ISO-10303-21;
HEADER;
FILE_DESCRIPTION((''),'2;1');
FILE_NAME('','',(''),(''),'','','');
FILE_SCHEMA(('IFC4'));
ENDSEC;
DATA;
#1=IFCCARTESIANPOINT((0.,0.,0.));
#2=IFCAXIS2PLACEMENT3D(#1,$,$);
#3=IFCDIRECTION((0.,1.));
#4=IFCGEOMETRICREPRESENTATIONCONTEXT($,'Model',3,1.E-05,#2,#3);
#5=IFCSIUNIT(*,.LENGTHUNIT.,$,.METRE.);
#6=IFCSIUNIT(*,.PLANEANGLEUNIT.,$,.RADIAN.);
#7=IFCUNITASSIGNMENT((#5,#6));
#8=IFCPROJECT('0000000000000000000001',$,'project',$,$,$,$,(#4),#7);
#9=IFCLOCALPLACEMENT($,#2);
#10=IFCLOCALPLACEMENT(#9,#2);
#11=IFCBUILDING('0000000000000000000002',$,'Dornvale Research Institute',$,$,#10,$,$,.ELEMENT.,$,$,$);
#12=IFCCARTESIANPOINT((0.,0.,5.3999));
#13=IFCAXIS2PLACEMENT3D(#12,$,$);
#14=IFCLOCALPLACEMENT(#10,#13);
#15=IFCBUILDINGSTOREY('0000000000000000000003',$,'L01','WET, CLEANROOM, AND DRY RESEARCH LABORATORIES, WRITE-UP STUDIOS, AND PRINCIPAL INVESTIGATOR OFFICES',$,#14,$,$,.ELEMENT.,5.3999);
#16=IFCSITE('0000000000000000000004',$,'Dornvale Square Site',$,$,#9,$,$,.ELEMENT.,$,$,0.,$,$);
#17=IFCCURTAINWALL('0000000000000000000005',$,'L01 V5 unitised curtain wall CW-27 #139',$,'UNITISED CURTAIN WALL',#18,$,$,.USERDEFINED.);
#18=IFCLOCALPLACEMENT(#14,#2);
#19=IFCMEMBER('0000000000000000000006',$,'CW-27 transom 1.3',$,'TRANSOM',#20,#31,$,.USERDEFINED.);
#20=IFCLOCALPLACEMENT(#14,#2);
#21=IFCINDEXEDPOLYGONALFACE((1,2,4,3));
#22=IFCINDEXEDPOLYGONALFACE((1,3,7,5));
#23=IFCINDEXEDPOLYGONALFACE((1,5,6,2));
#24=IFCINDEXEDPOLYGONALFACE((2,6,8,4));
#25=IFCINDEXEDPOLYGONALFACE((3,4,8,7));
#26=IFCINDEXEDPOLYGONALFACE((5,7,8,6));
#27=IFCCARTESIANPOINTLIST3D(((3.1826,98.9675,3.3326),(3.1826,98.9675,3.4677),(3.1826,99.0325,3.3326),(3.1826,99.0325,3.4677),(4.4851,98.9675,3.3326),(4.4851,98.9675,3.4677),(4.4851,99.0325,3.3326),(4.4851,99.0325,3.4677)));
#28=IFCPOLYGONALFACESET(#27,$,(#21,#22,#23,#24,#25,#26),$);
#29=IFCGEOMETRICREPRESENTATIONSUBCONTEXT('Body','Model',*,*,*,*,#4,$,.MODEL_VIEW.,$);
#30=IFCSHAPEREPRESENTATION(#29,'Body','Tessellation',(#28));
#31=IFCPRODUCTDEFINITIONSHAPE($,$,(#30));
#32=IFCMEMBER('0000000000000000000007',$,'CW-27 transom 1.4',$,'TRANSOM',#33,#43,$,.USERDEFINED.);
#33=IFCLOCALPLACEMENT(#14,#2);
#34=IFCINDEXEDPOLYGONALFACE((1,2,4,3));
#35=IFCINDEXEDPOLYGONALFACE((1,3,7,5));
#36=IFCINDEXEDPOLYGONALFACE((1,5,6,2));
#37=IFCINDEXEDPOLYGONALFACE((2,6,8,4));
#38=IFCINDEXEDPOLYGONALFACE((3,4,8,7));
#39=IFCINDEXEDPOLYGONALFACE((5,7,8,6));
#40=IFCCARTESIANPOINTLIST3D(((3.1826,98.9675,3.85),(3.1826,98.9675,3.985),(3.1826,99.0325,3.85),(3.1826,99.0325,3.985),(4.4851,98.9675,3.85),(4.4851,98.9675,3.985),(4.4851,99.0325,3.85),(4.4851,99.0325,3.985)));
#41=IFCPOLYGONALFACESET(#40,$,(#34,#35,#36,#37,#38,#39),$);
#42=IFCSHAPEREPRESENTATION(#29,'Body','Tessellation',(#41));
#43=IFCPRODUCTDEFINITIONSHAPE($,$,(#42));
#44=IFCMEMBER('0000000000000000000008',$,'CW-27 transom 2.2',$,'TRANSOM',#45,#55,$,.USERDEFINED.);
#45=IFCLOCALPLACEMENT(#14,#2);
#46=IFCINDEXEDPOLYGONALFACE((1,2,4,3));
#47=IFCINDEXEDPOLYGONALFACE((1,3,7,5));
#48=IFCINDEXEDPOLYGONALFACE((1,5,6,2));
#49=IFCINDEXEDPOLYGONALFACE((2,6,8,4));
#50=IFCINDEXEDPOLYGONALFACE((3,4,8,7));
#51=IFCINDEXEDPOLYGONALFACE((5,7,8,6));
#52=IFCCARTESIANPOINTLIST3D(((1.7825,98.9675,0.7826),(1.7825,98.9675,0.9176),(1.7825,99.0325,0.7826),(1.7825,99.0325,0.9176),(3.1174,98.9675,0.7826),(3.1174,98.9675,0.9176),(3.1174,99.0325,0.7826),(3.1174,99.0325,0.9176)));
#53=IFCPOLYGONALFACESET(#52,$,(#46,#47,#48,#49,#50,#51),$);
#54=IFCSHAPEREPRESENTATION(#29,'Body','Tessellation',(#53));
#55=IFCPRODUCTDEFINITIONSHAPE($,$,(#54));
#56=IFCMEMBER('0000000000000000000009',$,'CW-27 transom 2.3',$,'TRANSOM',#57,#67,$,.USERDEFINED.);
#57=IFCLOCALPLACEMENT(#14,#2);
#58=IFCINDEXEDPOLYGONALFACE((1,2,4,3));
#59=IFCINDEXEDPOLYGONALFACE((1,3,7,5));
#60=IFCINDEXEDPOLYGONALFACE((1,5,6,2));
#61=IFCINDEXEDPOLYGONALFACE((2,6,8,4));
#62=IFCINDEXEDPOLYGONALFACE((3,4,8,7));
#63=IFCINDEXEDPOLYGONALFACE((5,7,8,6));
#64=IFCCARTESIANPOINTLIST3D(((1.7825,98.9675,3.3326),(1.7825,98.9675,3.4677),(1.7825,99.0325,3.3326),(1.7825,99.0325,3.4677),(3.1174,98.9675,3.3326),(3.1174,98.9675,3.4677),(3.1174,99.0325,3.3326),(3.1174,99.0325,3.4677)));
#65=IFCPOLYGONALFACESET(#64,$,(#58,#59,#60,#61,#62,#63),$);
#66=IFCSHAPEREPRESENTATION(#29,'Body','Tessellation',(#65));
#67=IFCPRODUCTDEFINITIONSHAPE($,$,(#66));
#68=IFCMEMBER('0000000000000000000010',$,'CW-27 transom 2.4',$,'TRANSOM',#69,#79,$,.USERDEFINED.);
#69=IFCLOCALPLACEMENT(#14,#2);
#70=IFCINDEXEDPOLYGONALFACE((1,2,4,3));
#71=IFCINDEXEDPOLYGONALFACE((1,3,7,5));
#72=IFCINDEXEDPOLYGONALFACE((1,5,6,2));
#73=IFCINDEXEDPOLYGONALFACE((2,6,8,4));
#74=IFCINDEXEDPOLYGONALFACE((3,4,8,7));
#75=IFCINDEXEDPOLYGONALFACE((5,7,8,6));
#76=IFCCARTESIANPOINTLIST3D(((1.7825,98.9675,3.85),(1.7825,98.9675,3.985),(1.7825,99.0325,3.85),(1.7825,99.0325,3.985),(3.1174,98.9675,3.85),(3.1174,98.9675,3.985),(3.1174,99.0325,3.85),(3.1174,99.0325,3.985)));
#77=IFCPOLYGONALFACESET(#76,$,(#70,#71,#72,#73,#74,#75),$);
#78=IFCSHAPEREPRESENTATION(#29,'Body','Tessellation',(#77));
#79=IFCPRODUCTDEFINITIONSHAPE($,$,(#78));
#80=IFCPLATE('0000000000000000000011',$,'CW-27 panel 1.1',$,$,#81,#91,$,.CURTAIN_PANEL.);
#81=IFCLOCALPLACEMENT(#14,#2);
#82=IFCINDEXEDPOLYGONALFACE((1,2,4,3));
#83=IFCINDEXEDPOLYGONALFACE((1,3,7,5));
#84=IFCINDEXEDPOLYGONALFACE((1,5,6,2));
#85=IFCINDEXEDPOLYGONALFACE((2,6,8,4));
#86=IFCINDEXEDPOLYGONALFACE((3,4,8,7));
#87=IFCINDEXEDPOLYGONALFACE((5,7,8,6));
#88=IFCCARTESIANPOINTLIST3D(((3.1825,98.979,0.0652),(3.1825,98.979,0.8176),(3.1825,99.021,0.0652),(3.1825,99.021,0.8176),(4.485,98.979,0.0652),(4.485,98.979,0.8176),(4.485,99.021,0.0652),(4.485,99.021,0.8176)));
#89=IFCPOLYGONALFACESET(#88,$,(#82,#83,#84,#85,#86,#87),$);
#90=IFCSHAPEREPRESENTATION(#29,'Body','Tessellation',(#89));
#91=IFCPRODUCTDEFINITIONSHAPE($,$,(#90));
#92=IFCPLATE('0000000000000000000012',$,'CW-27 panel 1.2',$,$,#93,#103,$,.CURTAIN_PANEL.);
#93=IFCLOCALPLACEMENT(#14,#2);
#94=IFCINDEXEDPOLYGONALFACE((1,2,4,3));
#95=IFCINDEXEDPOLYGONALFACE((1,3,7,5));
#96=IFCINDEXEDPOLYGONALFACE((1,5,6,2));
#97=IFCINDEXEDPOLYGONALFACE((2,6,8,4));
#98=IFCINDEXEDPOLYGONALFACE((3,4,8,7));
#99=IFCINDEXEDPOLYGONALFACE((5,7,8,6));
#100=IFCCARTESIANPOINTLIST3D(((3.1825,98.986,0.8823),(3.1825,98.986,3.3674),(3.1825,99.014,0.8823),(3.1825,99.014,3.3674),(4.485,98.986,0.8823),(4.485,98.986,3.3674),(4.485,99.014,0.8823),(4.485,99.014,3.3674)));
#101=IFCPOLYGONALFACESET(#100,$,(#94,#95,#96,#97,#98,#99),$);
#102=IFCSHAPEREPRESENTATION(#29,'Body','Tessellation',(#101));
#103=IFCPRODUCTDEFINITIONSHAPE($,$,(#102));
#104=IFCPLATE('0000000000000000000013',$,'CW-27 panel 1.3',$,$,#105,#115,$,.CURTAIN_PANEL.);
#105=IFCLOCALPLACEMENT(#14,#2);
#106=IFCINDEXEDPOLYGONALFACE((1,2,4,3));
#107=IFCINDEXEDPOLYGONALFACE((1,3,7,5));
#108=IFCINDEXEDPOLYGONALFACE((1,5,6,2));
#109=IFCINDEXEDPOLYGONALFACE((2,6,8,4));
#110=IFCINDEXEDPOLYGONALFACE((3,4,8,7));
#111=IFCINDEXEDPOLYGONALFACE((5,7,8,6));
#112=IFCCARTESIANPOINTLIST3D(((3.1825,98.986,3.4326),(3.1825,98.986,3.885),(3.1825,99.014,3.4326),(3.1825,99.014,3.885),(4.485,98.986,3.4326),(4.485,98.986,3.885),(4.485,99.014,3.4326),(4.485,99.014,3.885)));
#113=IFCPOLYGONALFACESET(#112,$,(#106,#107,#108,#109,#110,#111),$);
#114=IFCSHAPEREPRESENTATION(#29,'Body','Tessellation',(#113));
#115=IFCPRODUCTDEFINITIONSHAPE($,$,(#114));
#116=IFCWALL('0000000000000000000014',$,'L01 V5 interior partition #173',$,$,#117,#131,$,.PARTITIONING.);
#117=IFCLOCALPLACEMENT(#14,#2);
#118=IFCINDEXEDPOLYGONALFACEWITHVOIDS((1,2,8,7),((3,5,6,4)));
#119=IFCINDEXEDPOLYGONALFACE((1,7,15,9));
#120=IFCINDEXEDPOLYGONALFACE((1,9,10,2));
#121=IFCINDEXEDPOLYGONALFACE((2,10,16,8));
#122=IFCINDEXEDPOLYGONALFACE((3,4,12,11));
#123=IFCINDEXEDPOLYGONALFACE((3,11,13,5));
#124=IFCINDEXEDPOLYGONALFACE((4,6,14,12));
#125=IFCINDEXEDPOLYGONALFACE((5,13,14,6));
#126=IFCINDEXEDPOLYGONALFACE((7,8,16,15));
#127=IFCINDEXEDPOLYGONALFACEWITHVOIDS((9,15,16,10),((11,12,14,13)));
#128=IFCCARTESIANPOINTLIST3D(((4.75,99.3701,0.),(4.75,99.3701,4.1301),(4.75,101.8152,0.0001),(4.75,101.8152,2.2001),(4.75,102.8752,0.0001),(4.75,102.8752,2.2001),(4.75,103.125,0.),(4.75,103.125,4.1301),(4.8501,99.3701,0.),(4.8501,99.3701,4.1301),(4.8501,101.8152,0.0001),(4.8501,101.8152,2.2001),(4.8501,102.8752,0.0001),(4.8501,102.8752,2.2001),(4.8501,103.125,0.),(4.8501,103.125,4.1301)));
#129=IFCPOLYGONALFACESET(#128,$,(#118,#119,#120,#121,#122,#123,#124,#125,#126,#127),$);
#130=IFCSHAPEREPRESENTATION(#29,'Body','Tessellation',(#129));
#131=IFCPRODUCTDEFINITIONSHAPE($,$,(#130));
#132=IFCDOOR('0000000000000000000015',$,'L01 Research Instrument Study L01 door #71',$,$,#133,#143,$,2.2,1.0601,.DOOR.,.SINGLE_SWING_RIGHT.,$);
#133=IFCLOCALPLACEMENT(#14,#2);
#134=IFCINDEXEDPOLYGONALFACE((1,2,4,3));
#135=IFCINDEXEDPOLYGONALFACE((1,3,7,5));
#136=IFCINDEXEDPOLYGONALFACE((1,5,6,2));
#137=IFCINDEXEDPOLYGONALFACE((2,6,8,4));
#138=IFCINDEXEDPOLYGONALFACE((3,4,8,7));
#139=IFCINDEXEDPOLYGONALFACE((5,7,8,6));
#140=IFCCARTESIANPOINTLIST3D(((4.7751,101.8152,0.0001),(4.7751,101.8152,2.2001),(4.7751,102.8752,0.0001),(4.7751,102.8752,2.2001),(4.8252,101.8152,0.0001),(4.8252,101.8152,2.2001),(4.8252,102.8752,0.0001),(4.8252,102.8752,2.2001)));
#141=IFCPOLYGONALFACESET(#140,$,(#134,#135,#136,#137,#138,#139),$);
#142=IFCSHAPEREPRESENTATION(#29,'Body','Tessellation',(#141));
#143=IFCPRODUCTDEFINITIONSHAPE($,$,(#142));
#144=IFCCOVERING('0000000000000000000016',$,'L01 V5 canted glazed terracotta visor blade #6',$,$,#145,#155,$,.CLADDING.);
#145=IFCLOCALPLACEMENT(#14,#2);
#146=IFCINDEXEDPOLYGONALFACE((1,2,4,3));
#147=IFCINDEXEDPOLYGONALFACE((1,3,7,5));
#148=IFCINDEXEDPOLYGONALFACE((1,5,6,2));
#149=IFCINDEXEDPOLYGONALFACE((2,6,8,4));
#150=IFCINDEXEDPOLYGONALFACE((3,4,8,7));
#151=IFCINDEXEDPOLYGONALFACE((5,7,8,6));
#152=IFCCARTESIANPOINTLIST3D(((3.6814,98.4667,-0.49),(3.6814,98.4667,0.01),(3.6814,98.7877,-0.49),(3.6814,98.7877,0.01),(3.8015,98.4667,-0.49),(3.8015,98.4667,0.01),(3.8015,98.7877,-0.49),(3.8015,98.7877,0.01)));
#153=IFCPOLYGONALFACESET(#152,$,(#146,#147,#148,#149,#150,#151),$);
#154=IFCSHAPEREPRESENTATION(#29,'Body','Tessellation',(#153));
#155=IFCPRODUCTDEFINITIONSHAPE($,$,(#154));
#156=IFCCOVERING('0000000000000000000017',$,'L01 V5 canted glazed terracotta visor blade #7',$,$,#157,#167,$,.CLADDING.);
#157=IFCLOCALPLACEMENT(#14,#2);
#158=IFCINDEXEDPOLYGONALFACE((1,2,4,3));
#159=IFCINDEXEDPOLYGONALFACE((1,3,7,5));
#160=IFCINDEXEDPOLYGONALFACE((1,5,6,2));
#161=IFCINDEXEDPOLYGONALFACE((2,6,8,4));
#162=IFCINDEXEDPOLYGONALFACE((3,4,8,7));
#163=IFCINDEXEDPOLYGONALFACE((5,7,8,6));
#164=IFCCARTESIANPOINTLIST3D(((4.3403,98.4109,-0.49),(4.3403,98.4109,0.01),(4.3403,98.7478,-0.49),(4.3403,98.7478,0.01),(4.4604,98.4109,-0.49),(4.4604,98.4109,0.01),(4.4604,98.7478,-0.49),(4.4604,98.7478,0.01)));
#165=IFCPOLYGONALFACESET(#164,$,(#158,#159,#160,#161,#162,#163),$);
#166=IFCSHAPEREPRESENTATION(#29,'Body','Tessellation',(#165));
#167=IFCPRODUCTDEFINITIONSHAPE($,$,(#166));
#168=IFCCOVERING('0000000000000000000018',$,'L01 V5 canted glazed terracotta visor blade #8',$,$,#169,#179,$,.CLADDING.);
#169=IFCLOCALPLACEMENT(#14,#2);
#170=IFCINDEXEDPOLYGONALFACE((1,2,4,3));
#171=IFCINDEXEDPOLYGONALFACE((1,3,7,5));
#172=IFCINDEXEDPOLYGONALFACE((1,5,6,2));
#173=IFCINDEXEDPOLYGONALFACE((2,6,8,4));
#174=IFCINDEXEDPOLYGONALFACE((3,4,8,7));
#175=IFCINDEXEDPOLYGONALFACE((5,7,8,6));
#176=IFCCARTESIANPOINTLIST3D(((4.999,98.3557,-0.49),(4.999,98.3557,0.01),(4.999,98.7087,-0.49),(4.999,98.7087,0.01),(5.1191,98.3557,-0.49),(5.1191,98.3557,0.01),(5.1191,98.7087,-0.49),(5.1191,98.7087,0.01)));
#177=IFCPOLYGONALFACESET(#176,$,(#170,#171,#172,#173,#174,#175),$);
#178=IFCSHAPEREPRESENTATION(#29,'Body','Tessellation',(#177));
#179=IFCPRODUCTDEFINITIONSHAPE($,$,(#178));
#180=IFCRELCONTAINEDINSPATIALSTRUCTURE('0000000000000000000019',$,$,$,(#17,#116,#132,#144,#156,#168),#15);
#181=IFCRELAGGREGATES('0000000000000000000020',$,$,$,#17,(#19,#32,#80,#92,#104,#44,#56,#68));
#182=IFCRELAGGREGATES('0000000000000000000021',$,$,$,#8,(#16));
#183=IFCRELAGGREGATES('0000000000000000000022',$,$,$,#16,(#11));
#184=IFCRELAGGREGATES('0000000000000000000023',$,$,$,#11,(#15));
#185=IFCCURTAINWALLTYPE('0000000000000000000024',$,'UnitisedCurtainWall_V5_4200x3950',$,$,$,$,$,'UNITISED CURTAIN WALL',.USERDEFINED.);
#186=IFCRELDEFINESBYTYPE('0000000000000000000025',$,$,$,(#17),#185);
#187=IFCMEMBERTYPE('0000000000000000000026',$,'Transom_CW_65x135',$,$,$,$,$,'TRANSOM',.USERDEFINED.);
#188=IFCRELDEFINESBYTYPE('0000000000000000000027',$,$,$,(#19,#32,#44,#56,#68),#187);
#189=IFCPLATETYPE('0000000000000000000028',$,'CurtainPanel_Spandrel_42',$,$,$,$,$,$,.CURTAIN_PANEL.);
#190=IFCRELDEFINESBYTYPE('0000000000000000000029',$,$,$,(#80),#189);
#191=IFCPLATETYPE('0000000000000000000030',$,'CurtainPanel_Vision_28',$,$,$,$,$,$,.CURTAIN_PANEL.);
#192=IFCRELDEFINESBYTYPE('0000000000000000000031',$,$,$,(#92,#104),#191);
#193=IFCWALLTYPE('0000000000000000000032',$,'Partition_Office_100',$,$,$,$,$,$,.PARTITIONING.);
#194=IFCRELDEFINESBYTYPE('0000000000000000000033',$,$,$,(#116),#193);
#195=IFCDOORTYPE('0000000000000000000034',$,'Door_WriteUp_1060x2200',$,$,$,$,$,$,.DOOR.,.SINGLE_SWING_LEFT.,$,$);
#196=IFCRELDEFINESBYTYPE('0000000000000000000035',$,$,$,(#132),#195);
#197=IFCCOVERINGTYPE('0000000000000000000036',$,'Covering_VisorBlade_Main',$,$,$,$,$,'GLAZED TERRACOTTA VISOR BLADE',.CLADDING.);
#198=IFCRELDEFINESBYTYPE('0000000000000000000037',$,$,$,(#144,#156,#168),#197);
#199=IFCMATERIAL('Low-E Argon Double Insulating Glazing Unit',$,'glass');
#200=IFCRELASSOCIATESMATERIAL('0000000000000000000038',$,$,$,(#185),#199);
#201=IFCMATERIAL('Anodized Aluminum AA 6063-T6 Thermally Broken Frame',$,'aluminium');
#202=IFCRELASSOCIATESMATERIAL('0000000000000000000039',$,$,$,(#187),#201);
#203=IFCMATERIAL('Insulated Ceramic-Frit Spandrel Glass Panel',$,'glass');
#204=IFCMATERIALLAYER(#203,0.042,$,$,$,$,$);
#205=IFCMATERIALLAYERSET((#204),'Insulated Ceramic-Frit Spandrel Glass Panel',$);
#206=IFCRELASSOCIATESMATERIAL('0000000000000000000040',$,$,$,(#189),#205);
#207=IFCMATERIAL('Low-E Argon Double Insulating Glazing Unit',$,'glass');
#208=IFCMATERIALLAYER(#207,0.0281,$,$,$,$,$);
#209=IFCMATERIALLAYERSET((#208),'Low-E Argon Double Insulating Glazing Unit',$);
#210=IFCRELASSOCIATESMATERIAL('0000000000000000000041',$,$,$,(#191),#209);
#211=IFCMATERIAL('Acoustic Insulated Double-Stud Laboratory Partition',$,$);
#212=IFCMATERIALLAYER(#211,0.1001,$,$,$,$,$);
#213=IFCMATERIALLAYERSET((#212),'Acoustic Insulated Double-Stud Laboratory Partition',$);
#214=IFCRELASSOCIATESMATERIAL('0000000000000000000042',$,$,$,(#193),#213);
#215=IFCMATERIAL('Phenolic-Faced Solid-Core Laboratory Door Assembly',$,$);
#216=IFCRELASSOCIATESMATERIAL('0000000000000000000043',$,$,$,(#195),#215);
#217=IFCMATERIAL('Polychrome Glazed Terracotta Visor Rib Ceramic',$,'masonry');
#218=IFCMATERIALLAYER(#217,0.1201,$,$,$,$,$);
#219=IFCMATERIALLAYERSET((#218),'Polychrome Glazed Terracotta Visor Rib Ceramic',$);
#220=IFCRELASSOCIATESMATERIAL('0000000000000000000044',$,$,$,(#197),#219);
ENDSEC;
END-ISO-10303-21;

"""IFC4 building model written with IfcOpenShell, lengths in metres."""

from ifc_helpers import new_model, si_unit, direction, frame, frame_2d, origin, origin_2d, place, context, subcontext, project, spatial, rectangle, extrude, material, layer, layer_set, material_profile, profile_set, type_object, element, fill, aggregate, save


model = new_model("IFC4")

# Units and contexts
model_context = context("Model", 3, precision=1e-05, world=origin(), true_north=direction((0.0, 1.0)))
body_context = subcontext(model_context, "Body", "Model", "MODEL_VIEW")
ifc_project = project(units=[si_unit("LENGTHUNIT", "METRE"), si_unit("PLANEANGLEUNIT", "RADIAN")], contexts=[model_context])

# Site, building, storey
site_placement = place(None, origin())
site = spatial("IfcSite", under=ifc_project, at=site_placement, Name="Dornvale Square Site", CompositionType="ELEMENT", RefElevation=0.0)
building_placement = place(site_placement, origin())
building = spatial("IfcBuilding", under=site, at=building_placement, Name="Dornvale Research Institute", CompositionType="ELEMENT")
storey_placement = place(building_placement, frame((0.0, 0.0, 5.3999)))
storey = spatial("IfcBuildingStorey", under=building, at=storey_placement, Name="L01", Description="WET, CLEANROOM, AND DRY RESEARCH LABORATORIES, WRITE-UP STUDIOS, AND PRINCIPAL INVESTIGATOR OFFICES", CompositionType="ELEMENT", Elevation=5.3999)

# Curtain wall
ifc_material_1 = material(Name="Low-E Argon Double Insulating Glazing Unit", Category="glass")
curtain_wall_type = type_object("IfcCurtainWallType", Name="UnitisedCurtainWall_V5_4200x3950", ElementType="UNITISED CURTAIN WALL", PredefinedType="USERDEFINED", material=ifc_material_1)
curtain_wall_placement = place(storey_placement, origin())
curtain_wall = element("IfcCurtainWall", 1, at=curtain_wall_placement, inside=storey, type_object=curtain_wall_type, Name="L01 V5 unitised curtain wall CW-27 #139", ObjectType="UNITISED CURTAIN WALL", PredefinedType="USERDEFINED")

# Members
ifc_material_2 = material(Name="Anodized Aluminum AA 6063-T6 Thermally Broken Frame", Category="aluminium")
ifc_material_profile_1 = material_profile(ifc_material_2, rectangle(XDim=0.0649, YDim=0.135, at=origin_2d()), Name="ALU TRANSOM 65x135")
ifc_profile_set_1 = profile_set([ifc_material_profile_1], Name="Anodized Aluminum AA 6063-T6 Thermally Broken Frame")
member_type_1 = type_object("IfcMemberType", Name="Transom_CW_65x135", ElementType="TRANSOM", PredefinedType="USERDEFINED", material=ifc_profile_set_1)
member_1_placement = place(storey_placement, frame((4.4851, 99.0, 3.4001), z_axis=(-1.0, 0.0, 0.0), x_axis=(0.0, -1.0, 0.0)))
member_1 = element("IfcMember", 2, at=member_1_placement, type_object=member_type_1, Name="CW-27 transom 1.3", ObjectType="TRANSOM", PredefinedType="USERDEFINED", context=body_context, shape_type="SweptSolid", body=[
    extrude(rectangle(XDim=0.0649, YDim=0.135, at=origin_2d()), origin(), (0.0, 0.0, 1.0), 1.3025),
])
member_2_placement = place(storey_placement, frame((4.4851, 99.0, 3.9175), z_axis=(-1.0, 0.0, 0.0), x_axis=(0.0, -1.0, 0.0)))
member_2 = element("IfcMember", 3, at=member_2_placement, type_object=member_type_1, Name="CW-27 transom 1.4", ObjectType="TRANSOM", PredefinedType="USERDEFINED", context=body_context, shape_type="SweptSolid", body=[
    extrude(rectangle(XDim=0.0649, YDim=0.135, at=origin_2d()), origin(), (0.0, 0.0, 1.0), 1.3025),
])
member_3_placement = place(storey_placement, frame((3.1174, 99.0, 0.8501), z_axis=(-1.0, 0.0, 0.0), x_axis=(0.0, -1.0, 0.0)))
member_3 = element("IfcMember", 4, at=member_3_placement, type_object=member_type_1, Name="CW-27 transom 2.2", ObjectType="TRANSOM", PredefinedType="USERDEFINED", context=body_context, shape_type="SweptSolid", body=[
    extrude(rectangle(XDim=0.0649, YDim=0.135, at=origin_2d()), origin(), (0.0, 0.0, 1.0), 1.335),
])
member_4_placement = place(storey_placement, frame((3.1174, 99.0, 3.4001), z_axis=(-1.0, 0.0, 0.0), x_axis=(0.0, -1.0, 0.0)))
member_4 = element("IfcMember", 5, at=member_4_placement, type_object=member_type_1, Name="CW-27 transom 2.3", ObjectType="TRANSOM", PredefinedType="USERDEFINED", context=body_context, shape_type="SweptSolid", body=[
    extrude(rectangle(XDim=0.0649, YDim=0.135, at=origin_2d()), origin(), (0.0, 0.0, 1.0), 1.335),
])
member_5_placement = place(storey_placement, frame((3.1174, 99.0, 3.9175), z_axis=(-1.0, 0.0, 0.0), x_axis=(0.0, -1.0, 0.0)))
member_5 = element("IfcMember", 6, at=member_5_placement, type_object=member_type_1, Name="CW-27 transom 2.4", ObjectType="TRANSOM", PredefinedType="USERDEFINED", context=body_context, shape_type="SweptSolid", body=[
    extrude(rectangle(XDim=0.0649, YDim=0.135, at=origin_2d()), origin(), (0.0, 0.0, 1.0), 1.335),
])

# Plates
ifc_material_3 = material(Name="Insulated Ceramic-Frit Spandrel Glass Panel", Category="glass")
ifc_layer_1 = layer(ifc_material_3, 0.042)
ifc_layer_set_1 = layer_set([ifc_layer_1], Name="Insulated Ceramic-Frit Spandrel Glass Panel")
plate_type_1 = type_object("IfcPlateType", Name="CurtainPanel_Spandrel_42", PredefinedType="CURTAIN_PANEL", material=ifc_layer_set_1)
plate_1_placement = place(storey_placement, frame((3.8337, 99.0, 0.0652), z_axis=(0.0, 0.0, 1.0), x_axis=(-1.0, 0.0, 0.0)))
plate_1 = element("IfcPlate", 7, at=plate_1_placement, type_object=plate_type_1, Name="CW-27 panel 1.1", PredefinedType="CURTAIN_PANEL", context=body_context, shape_type="SweptSolid", body=[
    extrude(rectangle(XDim=1.3025, YDim=0.042, at=origin_2d()), origin(), (0.0, 0.0, 1.0), 0.7524),
])
ifc_material_4 = material(Name="Low-E Argon Double Insulating Glazing Unit", Category="glass")
ifc_layer_2 = layer(ifc_material_4, 0.0281)
ifc_layer_set_2 = layer_set([ifc_layer_2], Name="Low-E Argon Double Insulating Glazing Unit")
plate_type_2 = type_object("IfcPlateType", Name="CurtainPanel_Vision_28", PredefinedType="CURTAIN_PANEL", material=ifc_layer_set_2)
plate_2_placement = place(storey_placement, frame((3.8337, 99.0, 0.8823), z_axis=(0.0, 0.0, 1.0), x_axis=(-1.0, 0.0, 0.0)))
plate_2 = element("IfcPlate", 8, at=plate_2_placement, type_object=plate_type_2, Name="CW-27 panel 1.2", PredefinedType="CURTAIN_PANEL", context=body_context, shape_type="SweptSolid", body=[
    extrude(rectangle(XDim=1.3025, YDim=0.0281, at=origin_2d()), origin(), (0.0, 0.0, 1.0), 2.4851),
])
plate_3_placement = place(storey_placement, frame((3.8337, 99.0, 3.4326), z_axis=(0.0, 0.0, 1.0), x_axis=(-1.0, 0.0, 0.0)))
plate_3 = element("IfcPlate", 9, at=plate_3_placement, type_object=plate_type_2, Name="CW-27 panel 1.3", PredefinedType="CURTAIN_PANEL", context=body_context, shape_type="SweptSolid", body=[
    extrude(rectangle(XDim=1.3025, YDim=0.0281, at=origin_2d()), origin(), (0.0, 0.0, 1.0), 0.4524),
])
aggregate(curtain_wall, [member_1, member_2, plate_1, plate_2, plate_3, member_3, member_4, member_5])

# Wall, opening, door
ifc_material_5 = material(Name="Acoustic Insulated Double-Stud Laboratory Partition")
ifc_layer_3 = layer(ifc_material_5, 0.1001)
ifc_layer_set_3 = layer_set([ifc_layer_3], Name="Acoustic Insulated Double-Stud Laboratory Partition")
wall_type = type_object("IfcWallType", Name="Partition_Office_100", PredefinedType="PARTITIONING", material=ifc_layer_set_3)
wall_placement = place(storey_placement, frame((4.8, 99.3701, 0.0), z_axis=(0.0, 0.0, 1.0), x_axis=(0.0, 1.0, 0.0)))
wall = element("IfcWall", 10, at=wall_placement, inside=storey, type_object=wall_type, Name="L01 V5 interior partition #173", PredefinedType="PARTITIONING", context=body_context, shape_type="SweptSolid", body=[
    extrude(rectangle(XDim=3.7549, YDim=0.1001, at=frame_2d((1.8774, 0.0))), origin(), (0.0, 0.0, 1.0), 4.1301),
])
opening_placement = place(wall_placement, frame((2.4451, 0.0, 0.0)))
opening = element("IfcOpeningElement", 11, at=opening_placement, cuts=wall, PredefinedType="OPENING", context=body_context, shape_type="SweptSolid", body=[
    extrude(rectangle(XDim=1.0601, YDim=2.2, at=frame_2d((0.53, 1.1001))), frame((0.0, 0.0649, 0.0), z_axis=(0.0, -1.0, 0.0), x_axis=(1.0, 0.0, 0.0)), (0.0, 0.0, 1.0), 0.1301),
])
ifc_material_6 = material(Name="Phenolic-Faced Solid-Core Laboratory Door Assembly")
door_type = type_object("IfcDoorType", Name="Door_WriteUp_1060x2200", OperationType="SINGLE_SWING_LEFT", PredefinedType="DOOR", material=ifc_material_6)
door_placement = place(opening_placement, origin())
door = element("IfcDoor", 12, at=door_placement, inside=storey, type_object=door_type, Name="L01 Research Instrument Study L01 door #71", OperationType="SINGLE_SWING_RIGHT", OverallHeight=2.2, OverallWidth=1.0601, PredefinedType="DOOR", context=body_context, shape_type="SweptSolid", body=[
    extrude(rectangle(XDim=1.0601, YDim=2.2, at=frame_2d((0.53, 1.1001))), frame((0.0, 0.0249, 0.0), z_axis=(0.0, -1.0, 0.0), x_axis=(1.0, 0.0, 0.0)), (0.0, 0.0, 1.0), 0.05),
])
fill(opening, door)

# Coverings
ifc_material_7 = material(Name="Polychrome Glazed Terracotta Visor Rib Ceramic", Category="masonry")
ifc_layer_4 = layer(ifc_material_7, 0.1201)
ifc_layer_set_4 = layer_set([ifc_layer_4], Name="Polychrome Glazed Terracotta Visor Rib Ceramic")
covering_type = type_object("IfcCoveringType", Name="Covering_VisorBlade_Main", ElementType="GLAZED TERRACOTTA VISOR BLADE", PredefinedType="CLADDING", material=ifc_layer_set_4)
covering_1_placement = place(storey_placement, frame((3.7415, 98.6272, -0.49), z_axis=(0.0, 0.0, 1.0), x_axis=(0.0, 1.0, 0.0)))
element("IfcCovering", 13, at=covering_1_placement, inside=storey, type_object=covering_type, Name="L01 V5 canted glazed terracotta visor blade #6", PredefinedType="CLADDING", context=body_context, shape_type="SweptSolid", body=[
    extrude(rectangle(XDim=0.321, YDim=0.1201, at=origin_2d()), origin(), (0.0, 0.0, 1.0), 0.5),
])
covering_2_placement = place(storey_placement, frame((4.4004, 98.5793, -0.49), z_axis=(0.0, 0.0, 1.0), x_axis=(0.0, 1.0, 0.0)))
element("IfcCovering", 14, at=covering_2_placement, inside=storey, type_object=covering_type, Name="L01 V5 canted glazed terracotta visor blade #7", PredefinedType="CLADDING", context=body_context, shape_type="SweptSolid", body=[
    extrude(rectangle(XDim=0.3369, YDim=0.1201, at=origin_2d()), origin(), (0.0, 0.0, 1.0), 0.5),
])
covering_3_placement = place(storey_placement, frame((5.0591, 98.5322, -0.49), z_axis=(0.0, 0.0, 1.0), x_axis=(0.0, 1.0, 0.0)))
element("IfcCovering", 15, at=covering_3_placement, inside=storey, type_object=covering_type, Name="L01 V5 canted glazed terracotta visor blade #8", PredefinedType="CLADDING", context=body_context, shape_type="SweptSolid", body=[
    extrude(rectangle(XDim=0.353, YDim=0.1201, at=origin_2d()), origin(), (0.0, 0.0, 1.0), 0.5),
])

save(model, "model.ifc")
